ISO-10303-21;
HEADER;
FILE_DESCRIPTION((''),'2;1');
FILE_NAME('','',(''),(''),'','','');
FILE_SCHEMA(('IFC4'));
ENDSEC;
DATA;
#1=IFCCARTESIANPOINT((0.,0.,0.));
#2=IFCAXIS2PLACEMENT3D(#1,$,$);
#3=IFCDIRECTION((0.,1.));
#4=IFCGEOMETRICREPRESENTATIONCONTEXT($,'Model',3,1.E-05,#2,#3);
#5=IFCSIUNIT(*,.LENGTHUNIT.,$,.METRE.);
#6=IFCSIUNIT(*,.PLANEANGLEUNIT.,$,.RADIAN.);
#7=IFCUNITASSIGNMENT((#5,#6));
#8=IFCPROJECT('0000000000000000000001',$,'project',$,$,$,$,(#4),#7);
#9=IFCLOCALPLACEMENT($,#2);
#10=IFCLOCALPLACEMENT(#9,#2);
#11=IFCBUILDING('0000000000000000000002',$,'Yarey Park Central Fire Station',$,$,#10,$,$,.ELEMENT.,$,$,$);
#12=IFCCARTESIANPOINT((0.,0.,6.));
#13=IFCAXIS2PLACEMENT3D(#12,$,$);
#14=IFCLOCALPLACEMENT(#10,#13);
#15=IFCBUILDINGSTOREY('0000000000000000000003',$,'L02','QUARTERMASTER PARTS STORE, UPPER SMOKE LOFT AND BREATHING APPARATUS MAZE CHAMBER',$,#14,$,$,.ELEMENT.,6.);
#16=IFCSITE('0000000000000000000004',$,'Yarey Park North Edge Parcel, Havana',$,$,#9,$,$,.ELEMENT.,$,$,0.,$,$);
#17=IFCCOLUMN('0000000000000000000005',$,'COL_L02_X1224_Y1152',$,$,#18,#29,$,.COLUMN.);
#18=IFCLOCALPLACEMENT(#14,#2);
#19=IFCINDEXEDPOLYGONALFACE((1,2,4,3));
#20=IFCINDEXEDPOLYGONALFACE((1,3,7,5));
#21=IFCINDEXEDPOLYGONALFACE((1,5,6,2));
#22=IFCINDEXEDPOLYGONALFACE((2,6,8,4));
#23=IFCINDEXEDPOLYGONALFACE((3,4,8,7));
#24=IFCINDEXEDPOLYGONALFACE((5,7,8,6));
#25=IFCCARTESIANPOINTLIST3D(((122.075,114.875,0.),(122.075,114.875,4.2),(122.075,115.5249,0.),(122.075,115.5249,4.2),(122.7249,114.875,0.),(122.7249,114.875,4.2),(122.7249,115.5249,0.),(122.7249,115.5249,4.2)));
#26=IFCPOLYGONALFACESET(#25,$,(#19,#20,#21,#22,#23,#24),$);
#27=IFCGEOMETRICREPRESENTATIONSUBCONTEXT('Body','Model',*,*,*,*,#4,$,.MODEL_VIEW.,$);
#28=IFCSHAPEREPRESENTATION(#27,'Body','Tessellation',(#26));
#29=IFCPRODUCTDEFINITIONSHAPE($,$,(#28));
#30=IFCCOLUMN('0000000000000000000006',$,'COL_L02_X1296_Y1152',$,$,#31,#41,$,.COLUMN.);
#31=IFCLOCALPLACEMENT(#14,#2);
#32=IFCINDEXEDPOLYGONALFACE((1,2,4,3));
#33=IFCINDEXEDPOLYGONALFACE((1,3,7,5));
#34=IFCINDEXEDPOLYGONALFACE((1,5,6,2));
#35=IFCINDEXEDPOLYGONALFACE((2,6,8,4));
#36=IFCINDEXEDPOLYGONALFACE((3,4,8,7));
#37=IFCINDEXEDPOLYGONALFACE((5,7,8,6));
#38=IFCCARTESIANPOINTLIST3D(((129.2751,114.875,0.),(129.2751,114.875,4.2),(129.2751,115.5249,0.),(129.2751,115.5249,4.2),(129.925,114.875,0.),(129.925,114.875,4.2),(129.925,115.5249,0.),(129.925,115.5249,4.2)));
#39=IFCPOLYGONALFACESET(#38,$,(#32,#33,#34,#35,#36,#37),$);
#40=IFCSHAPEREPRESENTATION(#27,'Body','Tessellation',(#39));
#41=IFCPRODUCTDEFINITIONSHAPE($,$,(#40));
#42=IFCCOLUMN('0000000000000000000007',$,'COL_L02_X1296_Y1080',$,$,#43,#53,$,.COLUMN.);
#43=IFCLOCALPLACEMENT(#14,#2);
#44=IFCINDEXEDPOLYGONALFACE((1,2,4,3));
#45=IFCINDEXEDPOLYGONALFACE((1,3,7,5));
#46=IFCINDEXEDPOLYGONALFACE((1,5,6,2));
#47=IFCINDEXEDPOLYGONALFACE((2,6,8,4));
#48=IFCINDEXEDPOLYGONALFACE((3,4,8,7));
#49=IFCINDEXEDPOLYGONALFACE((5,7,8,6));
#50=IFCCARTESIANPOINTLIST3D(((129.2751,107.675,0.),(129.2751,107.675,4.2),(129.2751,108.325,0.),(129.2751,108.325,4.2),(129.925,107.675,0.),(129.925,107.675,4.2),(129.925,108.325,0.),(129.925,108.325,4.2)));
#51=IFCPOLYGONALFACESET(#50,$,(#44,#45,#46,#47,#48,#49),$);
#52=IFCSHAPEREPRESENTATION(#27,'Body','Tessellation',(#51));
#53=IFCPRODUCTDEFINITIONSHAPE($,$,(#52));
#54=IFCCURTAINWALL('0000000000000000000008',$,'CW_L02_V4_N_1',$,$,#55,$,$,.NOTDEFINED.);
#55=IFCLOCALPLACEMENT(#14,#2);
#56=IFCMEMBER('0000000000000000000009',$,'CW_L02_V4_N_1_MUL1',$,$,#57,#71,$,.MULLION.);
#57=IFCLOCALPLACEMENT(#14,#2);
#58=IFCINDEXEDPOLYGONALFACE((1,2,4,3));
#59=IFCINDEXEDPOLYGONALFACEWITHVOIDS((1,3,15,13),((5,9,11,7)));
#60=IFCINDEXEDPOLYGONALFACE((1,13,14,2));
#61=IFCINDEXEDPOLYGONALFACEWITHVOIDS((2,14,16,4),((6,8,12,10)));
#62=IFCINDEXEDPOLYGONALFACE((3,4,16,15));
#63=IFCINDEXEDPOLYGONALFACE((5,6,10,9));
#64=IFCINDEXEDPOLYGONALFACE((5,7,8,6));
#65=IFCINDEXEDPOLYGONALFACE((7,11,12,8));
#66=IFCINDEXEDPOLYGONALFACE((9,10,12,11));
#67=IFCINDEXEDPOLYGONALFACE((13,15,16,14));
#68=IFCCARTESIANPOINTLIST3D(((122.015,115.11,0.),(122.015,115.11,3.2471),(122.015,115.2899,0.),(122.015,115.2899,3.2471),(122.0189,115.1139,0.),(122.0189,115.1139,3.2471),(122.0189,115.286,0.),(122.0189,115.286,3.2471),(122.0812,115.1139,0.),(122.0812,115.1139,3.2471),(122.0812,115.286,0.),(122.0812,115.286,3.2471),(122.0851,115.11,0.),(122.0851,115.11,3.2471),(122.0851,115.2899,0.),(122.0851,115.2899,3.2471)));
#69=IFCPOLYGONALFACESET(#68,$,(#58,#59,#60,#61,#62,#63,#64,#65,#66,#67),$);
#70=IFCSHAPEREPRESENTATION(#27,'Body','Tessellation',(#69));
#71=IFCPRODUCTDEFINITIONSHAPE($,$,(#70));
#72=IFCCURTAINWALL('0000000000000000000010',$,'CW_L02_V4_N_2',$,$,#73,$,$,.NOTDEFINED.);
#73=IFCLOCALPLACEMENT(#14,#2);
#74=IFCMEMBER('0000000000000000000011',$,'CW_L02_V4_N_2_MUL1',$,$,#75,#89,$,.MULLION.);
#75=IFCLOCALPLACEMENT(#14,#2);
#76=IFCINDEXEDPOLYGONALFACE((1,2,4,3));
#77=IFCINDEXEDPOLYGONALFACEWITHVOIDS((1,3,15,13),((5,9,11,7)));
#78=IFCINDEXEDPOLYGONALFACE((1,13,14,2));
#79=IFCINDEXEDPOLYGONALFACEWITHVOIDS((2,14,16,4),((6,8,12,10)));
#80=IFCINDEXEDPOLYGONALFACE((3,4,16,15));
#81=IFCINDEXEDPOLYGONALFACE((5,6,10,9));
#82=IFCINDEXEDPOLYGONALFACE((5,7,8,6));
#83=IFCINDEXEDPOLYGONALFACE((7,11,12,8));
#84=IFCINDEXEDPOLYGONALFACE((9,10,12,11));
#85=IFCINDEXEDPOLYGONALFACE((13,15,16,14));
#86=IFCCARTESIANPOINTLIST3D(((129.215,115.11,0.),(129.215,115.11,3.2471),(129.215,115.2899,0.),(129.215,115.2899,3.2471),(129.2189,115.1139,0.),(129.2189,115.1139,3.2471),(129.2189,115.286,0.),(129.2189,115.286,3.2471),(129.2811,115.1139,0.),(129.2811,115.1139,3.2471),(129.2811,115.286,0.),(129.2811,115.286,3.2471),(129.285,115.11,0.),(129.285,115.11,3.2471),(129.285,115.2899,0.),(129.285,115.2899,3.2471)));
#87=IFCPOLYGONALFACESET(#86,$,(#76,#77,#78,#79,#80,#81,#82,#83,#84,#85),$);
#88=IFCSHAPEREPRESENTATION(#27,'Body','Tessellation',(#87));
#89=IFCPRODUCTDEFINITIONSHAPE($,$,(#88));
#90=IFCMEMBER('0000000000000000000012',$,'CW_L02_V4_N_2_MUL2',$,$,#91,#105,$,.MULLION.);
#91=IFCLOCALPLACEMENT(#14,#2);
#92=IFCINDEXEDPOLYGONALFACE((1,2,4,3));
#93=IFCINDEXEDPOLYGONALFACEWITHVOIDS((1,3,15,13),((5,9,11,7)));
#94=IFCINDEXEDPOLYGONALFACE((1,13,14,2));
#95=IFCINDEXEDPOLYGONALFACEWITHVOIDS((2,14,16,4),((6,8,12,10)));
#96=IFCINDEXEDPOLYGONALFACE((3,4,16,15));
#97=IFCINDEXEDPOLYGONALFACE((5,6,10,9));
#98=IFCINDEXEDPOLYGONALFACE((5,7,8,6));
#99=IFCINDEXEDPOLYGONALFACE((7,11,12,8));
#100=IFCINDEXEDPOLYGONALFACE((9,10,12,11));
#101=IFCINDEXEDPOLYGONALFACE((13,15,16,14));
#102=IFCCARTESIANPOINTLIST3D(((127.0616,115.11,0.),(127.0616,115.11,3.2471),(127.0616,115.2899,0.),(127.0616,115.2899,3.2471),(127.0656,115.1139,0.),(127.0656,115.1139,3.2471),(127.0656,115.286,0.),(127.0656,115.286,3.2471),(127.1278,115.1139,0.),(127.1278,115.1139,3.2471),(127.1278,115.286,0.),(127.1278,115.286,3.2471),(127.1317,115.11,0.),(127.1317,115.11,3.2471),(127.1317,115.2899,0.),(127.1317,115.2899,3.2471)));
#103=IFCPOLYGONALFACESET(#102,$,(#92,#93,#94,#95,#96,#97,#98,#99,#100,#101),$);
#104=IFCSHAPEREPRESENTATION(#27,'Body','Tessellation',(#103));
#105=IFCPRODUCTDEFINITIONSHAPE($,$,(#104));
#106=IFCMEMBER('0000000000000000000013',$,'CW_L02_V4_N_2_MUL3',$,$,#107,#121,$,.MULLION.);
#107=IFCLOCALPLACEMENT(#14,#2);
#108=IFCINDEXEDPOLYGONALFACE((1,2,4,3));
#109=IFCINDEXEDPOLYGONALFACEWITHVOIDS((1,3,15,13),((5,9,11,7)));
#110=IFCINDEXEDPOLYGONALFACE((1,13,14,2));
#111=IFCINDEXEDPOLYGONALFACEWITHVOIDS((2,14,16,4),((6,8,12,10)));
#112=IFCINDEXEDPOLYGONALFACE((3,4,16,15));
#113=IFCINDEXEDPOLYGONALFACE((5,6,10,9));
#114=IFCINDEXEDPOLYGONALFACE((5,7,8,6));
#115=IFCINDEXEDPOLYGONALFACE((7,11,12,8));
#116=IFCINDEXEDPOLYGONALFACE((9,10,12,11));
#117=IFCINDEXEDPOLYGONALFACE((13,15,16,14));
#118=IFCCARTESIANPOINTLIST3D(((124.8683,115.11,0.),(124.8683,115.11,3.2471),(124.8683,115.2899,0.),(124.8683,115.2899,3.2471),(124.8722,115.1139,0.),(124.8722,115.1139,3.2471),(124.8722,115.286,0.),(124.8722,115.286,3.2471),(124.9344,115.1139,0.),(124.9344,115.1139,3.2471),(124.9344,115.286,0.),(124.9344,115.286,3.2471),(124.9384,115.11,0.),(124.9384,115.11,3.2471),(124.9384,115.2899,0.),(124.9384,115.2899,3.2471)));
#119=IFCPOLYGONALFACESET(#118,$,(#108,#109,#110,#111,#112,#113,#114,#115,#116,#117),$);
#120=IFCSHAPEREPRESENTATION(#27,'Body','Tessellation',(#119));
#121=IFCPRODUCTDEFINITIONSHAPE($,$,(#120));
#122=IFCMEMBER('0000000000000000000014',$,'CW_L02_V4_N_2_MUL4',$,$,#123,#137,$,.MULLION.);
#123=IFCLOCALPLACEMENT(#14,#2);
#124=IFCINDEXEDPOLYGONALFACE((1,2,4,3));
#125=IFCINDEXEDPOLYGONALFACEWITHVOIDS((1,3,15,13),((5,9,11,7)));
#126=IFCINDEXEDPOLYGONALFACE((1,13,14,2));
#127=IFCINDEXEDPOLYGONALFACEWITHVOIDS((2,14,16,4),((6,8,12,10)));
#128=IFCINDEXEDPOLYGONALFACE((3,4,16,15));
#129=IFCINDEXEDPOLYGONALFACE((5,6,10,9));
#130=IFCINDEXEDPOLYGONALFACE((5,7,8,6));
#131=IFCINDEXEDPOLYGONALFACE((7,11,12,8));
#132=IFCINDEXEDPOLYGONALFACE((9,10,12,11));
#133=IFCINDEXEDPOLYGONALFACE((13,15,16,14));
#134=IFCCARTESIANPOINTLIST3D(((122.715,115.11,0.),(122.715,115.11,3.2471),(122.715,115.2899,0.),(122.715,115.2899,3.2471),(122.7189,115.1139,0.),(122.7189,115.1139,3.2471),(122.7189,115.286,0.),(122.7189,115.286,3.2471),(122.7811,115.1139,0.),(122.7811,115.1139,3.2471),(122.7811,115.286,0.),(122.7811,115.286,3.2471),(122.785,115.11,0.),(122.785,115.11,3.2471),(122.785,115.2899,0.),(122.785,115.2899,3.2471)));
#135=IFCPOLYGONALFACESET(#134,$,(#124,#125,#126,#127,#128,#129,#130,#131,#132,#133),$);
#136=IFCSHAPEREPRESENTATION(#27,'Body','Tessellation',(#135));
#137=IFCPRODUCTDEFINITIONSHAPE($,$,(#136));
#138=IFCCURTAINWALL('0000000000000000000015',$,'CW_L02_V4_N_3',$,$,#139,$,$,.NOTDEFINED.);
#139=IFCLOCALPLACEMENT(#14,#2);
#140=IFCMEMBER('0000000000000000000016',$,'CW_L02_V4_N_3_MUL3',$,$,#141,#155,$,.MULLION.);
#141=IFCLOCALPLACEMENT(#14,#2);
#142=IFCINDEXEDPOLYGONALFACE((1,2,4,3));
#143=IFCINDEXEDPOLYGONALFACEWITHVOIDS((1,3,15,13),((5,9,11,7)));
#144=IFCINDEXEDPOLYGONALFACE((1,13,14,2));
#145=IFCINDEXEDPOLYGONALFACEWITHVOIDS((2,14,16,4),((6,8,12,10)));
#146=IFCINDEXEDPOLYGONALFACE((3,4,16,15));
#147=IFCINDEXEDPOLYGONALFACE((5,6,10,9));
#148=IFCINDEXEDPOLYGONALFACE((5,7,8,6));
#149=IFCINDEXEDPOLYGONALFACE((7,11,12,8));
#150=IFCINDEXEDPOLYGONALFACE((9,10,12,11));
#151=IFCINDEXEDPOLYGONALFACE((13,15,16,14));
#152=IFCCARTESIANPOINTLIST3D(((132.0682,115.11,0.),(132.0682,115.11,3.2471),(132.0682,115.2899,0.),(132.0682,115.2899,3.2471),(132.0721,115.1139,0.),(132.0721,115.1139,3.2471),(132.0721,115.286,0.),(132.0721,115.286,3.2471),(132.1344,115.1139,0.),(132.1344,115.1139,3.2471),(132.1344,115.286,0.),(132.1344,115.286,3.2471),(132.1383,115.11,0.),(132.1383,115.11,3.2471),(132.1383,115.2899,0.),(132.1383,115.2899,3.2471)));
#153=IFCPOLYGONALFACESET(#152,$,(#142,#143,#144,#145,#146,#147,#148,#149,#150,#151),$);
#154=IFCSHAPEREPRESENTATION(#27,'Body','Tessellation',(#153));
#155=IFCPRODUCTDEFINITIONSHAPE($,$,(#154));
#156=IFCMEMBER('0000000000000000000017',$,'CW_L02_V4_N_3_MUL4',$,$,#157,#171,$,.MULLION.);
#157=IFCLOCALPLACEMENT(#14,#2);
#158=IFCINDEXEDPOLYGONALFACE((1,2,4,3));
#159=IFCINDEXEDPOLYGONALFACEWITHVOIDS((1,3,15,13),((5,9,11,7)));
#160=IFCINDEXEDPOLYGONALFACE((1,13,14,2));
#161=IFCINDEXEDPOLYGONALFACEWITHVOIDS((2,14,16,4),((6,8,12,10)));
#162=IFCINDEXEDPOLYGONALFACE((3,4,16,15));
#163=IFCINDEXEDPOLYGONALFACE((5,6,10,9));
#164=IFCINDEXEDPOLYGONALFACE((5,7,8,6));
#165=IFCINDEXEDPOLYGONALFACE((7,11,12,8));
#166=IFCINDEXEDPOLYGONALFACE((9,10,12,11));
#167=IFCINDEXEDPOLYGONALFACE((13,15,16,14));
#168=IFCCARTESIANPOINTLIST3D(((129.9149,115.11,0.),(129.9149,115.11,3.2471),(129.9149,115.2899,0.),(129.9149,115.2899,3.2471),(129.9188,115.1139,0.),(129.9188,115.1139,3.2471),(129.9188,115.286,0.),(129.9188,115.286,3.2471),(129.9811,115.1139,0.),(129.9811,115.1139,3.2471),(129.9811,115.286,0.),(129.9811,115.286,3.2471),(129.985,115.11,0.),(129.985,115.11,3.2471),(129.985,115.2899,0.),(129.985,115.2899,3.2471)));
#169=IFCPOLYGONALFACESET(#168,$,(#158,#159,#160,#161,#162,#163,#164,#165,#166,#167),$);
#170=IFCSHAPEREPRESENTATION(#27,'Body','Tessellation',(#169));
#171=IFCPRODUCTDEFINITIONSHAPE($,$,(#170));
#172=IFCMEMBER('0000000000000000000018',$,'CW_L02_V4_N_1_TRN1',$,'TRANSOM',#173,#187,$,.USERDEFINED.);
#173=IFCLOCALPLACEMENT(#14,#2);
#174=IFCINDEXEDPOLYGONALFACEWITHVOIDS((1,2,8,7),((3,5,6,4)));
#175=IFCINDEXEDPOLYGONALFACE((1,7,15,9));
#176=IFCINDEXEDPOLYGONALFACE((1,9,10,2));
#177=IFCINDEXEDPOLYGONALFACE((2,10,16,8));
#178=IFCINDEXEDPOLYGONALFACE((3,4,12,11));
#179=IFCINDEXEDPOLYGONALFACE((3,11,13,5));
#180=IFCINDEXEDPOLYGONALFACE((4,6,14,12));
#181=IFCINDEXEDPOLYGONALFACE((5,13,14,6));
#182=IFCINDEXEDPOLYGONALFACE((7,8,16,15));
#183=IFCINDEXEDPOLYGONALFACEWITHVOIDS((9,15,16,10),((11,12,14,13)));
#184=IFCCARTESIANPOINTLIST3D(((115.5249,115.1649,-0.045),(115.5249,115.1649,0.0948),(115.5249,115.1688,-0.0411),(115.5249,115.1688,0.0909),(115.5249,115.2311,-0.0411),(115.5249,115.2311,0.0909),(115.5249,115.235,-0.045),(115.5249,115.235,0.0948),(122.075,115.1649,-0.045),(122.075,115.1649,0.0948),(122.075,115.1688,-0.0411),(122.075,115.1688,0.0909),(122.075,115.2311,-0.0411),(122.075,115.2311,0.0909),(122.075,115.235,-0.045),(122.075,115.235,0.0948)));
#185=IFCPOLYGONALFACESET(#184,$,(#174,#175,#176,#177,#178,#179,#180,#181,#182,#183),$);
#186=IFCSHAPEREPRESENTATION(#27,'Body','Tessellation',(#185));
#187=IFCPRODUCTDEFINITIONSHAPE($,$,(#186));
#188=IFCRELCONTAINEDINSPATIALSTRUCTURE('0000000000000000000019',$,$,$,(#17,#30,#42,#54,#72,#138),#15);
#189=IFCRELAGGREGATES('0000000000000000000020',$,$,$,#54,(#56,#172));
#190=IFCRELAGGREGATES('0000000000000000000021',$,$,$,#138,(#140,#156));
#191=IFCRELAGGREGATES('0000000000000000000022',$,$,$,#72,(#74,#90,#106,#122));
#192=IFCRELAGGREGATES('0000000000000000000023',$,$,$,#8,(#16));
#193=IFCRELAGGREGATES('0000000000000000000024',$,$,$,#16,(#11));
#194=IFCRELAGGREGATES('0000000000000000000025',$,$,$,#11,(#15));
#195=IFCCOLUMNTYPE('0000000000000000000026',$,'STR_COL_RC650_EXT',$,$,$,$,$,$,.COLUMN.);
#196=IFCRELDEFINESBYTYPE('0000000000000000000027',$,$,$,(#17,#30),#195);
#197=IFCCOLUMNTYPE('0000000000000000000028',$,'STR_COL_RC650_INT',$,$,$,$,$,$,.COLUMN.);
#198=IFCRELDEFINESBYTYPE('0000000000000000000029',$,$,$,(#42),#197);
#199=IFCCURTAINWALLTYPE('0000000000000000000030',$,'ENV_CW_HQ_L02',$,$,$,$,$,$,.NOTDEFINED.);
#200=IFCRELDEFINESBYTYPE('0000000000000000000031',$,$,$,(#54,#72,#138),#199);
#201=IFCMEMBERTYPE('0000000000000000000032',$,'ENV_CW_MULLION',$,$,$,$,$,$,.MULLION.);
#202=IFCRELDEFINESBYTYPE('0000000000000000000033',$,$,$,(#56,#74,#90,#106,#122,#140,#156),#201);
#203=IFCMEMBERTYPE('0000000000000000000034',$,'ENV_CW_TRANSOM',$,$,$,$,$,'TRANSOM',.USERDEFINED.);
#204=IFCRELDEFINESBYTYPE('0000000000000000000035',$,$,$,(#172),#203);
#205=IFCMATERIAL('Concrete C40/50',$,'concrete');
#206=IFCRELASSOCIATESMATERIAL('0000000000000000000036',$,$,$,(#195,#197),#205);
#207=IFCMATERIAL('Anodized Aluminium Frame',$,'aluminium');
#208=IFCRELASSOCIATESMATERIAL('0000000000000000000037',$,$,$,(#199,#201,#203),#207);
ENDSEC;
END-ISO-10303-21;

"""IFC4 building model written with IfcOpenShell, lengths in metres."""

from ifc_helpers import new_model, si_unit, direction, frame, origin, origin_2d, place, context, subcontext, project, spatial, rectangle, hollow_rectangle, extrude, material, material_profile, profile_set, type_object, element, aggregate, save


model = new_model("IFC4")

# Units and contexts
model_context = context("Model", 3, precision=1e-05, world=origin(), true_north=direction((0.0, 1.0)))
body_context = subcontext(model_context, "Body", "Model", "MODEL_VIEW")
ifc_project = project(units=[si_unit("LENGTHUNIT", "METRE"), si_unit("PLANEANGLEUNIT", "RADIAN")], contexts=[model_context])

# Site, building, storey
site_placement = place(None, origin())
site = spatial("IfcSite", under=ifc_project, at=site_placement, Name="Yarey Park North Edge Parcel, Havana", CompositionType="ELEMENT", RefElevation=0.0)
building_placement = place(site_placement, origin())
building = spatial("IfcBuilding", under=site, at=building_placement, Name="Yarey Park Central Fire Station", CompositionType="ELEMENT")
storey_placement = place(building_placement, frame((0.0, 0.0, 6.0)))
storey = spatial("IfcBuildingStorey", under=building, at=storey_placement, Name="L02", Description="QUARTERMASTER PARTS STORE, UPPER SMOKE LOFT AND BREATHING APPARATUS MAZE CHAMBER", CompositionType="ELEMENT", Elevation=6.0)

# Columns
ifc_material_1 = material(Name="Concrete C40/50", Category="concrete")
ifc_material_profile_1 = material_profile(ifc_material_1, rectangle(XDim=0.6499, YDim=0.6499, at=origin_2d()), Name="RC 650x650")
ifc_profile_set_1 = profile_set([ifc_material_profile_1], Name="Concrete C40/50")
column_type_1 = type_object("IfcColumnType", Name="STR_COL_RC650_EXT", PredefinedType="COLUMN", material=ifc_profile_set_1)
for number, where, z_axis, x_axis, name in (
    (1, (122.3999, 115.2, 0.0), (0.0, 0.0, 1.0), (1.0, 0.0, 0.0), "COL_L02_X1224_Y1152"),
    (2, (129.6001, 115.2, 0.0), (0.0, 0.0, 1.0), (1.0, 0.0, 0.0), "COL_L02_X1296_Y1152"),
):
    element("IfcColumn", number, at=place(storey_placement, frame(where, z_axis=z_axis, x_axis=x_axis)), inside=storey, type_object=column_type_1, Name=name, PredefinedType="COLUMN", context=body_context, shape_type="SweptSolid", body=[
        extrude(rectangle(XDim=0.6499, YDim=0.6499, at=origin_2d()), origin(), (0.0, 0.0, 1.0), 4.2),
    ])
ifc_material_profile_2 = material_profile(ifc_material_1, rectangle(XDim=0.6499, YDim=0.6499, at=origin_2d()), Name="RC 650x650")
ifc_profile_set_2 = profile_set([ifc_material_profile_2], Name="Concrete C40/50")
column_type_2 = type_object("IfcColumnType", Name="STR_COL_RC650_INT", PredefinedType="COLUMN", material=ifc_profile_set_2)
column_placement = place(storey_placement, frame((129.6001, 108.0, 0.0), z_axis=(0.0, 0.0, 1.0), x_axis=(1.0, 0.0, 0.0)))
element("IfcColumn", 3, at=column_placement, inside=storey, type_object=column_type_2, Name="COL_L02_X1296_Y1080", PredefinedType="COLUMN", context=body_context, shape_type="SweptSolid", body=[
    extrude(rectangle(XDim=0.6499, YDim=0.6499, at=origin_2d()), origin(), (0.0, 0.0, 1.0), 4.2),
])

# Curtain wall, member
ifc_material_2 = material(Name="Anodized Aluminium Frame", Category="aluminium")
curtain_wall_type = type_object("IfcCurtainWallType", Name="ENV_CW_HQ_L02", PredefinedType="NOTDEFINED", material=ifc_material_2)
curtain_wall_1_placement = place(storey_placement, origin())
curtain_wall_1 = element("IfcCurtainWall", 4, at=curtain_wall_1_placement, inside=storey, type_object=curtain_wall_type, Name="CW_L02_V4_N_1", PredefinedType="NOTDEFINED")
ifc_material_profile_3 = material_profile(ifc_material_2, hollow_rectangle(XDim=0.0701, YDim=0.1799, WallThickness=0.0039, at=origin_2d()), Name="ALU 180x70x4")
ifc_profile_set_3 = profile_set([ifc_material_profile_3], Name="Anodized Aluminium Frame")
member_type_1 = type_object("IfcMemberType", Name="ENV_CW_MULLION", PredefinedType="MULLION", material=ifc_profile_set_3)
member_1_placement = place(storey_placement, frame((122.05, 115.2, 0.0), z_axis=(0.0, 0.0, 1.0), x_axis=(1.0, 0.0, 0.0)))
member_1 = element("IfcMember", 5, at=member_1_placement, type_object=member_type_1, Name="CW_L02_V4_N_1_MUL1", PredefinedType="MULLION", context=body_context, shape_type="SweptSolid", body=[
    extrude(hollow_rectangle(XDim=0.0701, YDim=0.1799, WallThickness=0.0039, at=origin_2d()), origin(), (0.0, 0.0, 1.0), 3.2471),
])

# Curtain walls, members
curtain_wall_2_placement = place(storey_placement, origin())
curtain_wall_2 = element("IfcCurtainWall", 6, at=curtain_wall_2_placement, inside=storey, type_object=curtain_wall_type, Name="CW_L02_V4_N_2", PredefinedType="NOTDEFINED")
member_2_placement = place(storey_placement, frame((129.25, 115.2, 0.0), z_axis=(0.0, 0.0, 1.0), x_axis=(1.0, 0.0, 0.0)))
member_2 = element("IfcMember", 7, at=member_2_placement, type_object=member_type_1, Name="CW_L02_V4_N_2_MUL1", PredefinedType="MULLION", context=body_context, shape_type="SweptSolid", body=[
    extrude(hollow_rectangle(XDim=0.0701, YDim=0.1799, WallThickness=0.0039, at=origin_2d()), origin(), (0.0, 0.0, 1.0), 3.2471),
])
member_3_placement = place(storey_placement, frame((127.0967, 115.2, 0.0), z_axis=(0.0, 0.0, 1.0), x_axis=(1.0, 0.0, 0.0)))
member_3 = element("IfcMember", 8, at=member_3_placement, type_object=member_type_1, Name="CW_L02_V4_N_2_MUL2", PredefinedType="MULLION", context=body_context, shape_type="SweptSolid", body=[
    extrude(hollow_rectangle(XDim=0.0701, YDim=0.1799, WallThickness=0.0039, at=origin_2d()), origin(), (0.0, 0.0, 1.0), 3.2471),
])
member_4_placement = place(storey_placement, frame((124.9033, 115.2, 0.0), z_axis=(0.0, 0.0, 1.0), x_axis=(1.0, 0.0, 0.0)))
member_4 = element("IfcMember", 9, at=member_4_placement, type_object=member_type_1, Name="CW_L02_V4_N_2_MUL3", PredefinedType="MULLION", context=body_context, shape_type="SweptSolid", body=[
    extrude(hollow_rectangle(XDim=0.0701, YDim=0.1799, WallThickness=0.0039, at=origin_2d()), origin(), (0.0, 0.0, 1.0), 3.2471),
])
member_5_placement = place(storey_placement, frame((122.75, 115.2, 0.0), z_axis=(0.0, 0.0, 1.0), x_axis=(1.0, 0.0, 0.0)))
member_5 = element("IfcMember", 10, at=member_5_placement, type_object=member_type_1, Name="CW_L02_V4_N_2_MUL4", PredefinedType="MULLION", context=body_context, shape_type="SweptSolid", body=[
    extrude(hollow_rectangle(XDim=0.0701, YDim=0.1799, WallThickness=0.0039, at=origin_2d()), origin(), (0.0, 0.0, 1.0), 3.2471),
])
curtain_wall_3_placement = place(storey_placement, origin())
curtain_wall_3 = element("IfcCurtainWall", 11, at=curtain_wall_3_placement, inside=storey, type_object=curtain_wall_type, Name="CW_L02_V4_N_3", PredefinedType="NOTDEFINED")
member_6_placement = place(storey_placement, frame((132.1033, 115.2, 0.0), z_axis=(0.0, 0.0, 1.0), x_axis=(1.0, 0.0, 0.0)))
member_6 = element("IfcMember", 12, at=member_6_placement, type_object=member_type_1, Name="CW_L02_V4_N_3_MUL3", PredefinedType="MULLION", context=body_context, shape_type="SweptSolid", body=[
    extrude(hollow_rectangle(XDim=0.0701, YDim=0.1799, WallThickness=0.0039, at=origin_2d()), origin(), (0.0, 0.0, 1.0), 3.2471),
])
member_7_placement = place(storey_placement, frame((129.95, 115.2, 0.0), z_axis=(0.0, 0.0, 1.0), x_axis=(1.0, 0.0, 0.0)))
member_7 = element("IfcMember", 13, at=member_7_placement, type_object=member_type_1, Name="CW_L02_V4_N_3_MUL4", PredefinedType="MULLION", context=body_context, shape_type="SweptSolid", body=[
    extrude(hollow_rectangle(XDim=0.0701, YDim=0.1799, WallThickness=0.0039, at=origin_2d()), origin(), (0.0, 0.0, 1.0), 3.2471),
])

# Member
ifc_material_profile_4 = material_profile(ifc_material_2, hollow_rectangle(XDim=0.0701, YDim=0.1399, WallThickness=0.0039, at=origin_2d()), Name="ALU 140x70x4")
ifc_profile_set_4 = profile_set([ifc_material_profile_4], Name="Anodized Aluminium Frame")
member_type_2 = type_object("IfcMemberType", Name="ENV_CW_TRANSOM", ElementType="TRANSOM", PredefinedType="USERDEFINED", material=ifc_profile_set_4)
member_8_placement = place(storey_placement, frame((122.075, 115.2, 0.0249), z_axis=(-1.0, 0.0, 0.0), x_axis=(0.0, -1.0, 0.0)))
member_8 = element("IfcMember", 14, at=member_8_placement, type_object=member_type_2, Name="CW_L02_V4_N_1_TRN1", ObjectType="TRANSOM", PredefinedType="USERDEFINED", context=body_context, shape_type="SweptSolid", body=[
    extrude(hollow_rectangle(XDim=0.0701, YDim=0.1399, WallThickness=0.0039, at=origin_2d()), origin(), (0.0, 0.0, 1.0), 6.55),
])
aggregate(curtain_wall_1, [member_1, member_8])

aggregate(curtain_wall_3, [member_6, member_7])
aggregate(curtain_wall_2, [member_2, member_3, member_4, member_5])

save(model, "model.ifc")
